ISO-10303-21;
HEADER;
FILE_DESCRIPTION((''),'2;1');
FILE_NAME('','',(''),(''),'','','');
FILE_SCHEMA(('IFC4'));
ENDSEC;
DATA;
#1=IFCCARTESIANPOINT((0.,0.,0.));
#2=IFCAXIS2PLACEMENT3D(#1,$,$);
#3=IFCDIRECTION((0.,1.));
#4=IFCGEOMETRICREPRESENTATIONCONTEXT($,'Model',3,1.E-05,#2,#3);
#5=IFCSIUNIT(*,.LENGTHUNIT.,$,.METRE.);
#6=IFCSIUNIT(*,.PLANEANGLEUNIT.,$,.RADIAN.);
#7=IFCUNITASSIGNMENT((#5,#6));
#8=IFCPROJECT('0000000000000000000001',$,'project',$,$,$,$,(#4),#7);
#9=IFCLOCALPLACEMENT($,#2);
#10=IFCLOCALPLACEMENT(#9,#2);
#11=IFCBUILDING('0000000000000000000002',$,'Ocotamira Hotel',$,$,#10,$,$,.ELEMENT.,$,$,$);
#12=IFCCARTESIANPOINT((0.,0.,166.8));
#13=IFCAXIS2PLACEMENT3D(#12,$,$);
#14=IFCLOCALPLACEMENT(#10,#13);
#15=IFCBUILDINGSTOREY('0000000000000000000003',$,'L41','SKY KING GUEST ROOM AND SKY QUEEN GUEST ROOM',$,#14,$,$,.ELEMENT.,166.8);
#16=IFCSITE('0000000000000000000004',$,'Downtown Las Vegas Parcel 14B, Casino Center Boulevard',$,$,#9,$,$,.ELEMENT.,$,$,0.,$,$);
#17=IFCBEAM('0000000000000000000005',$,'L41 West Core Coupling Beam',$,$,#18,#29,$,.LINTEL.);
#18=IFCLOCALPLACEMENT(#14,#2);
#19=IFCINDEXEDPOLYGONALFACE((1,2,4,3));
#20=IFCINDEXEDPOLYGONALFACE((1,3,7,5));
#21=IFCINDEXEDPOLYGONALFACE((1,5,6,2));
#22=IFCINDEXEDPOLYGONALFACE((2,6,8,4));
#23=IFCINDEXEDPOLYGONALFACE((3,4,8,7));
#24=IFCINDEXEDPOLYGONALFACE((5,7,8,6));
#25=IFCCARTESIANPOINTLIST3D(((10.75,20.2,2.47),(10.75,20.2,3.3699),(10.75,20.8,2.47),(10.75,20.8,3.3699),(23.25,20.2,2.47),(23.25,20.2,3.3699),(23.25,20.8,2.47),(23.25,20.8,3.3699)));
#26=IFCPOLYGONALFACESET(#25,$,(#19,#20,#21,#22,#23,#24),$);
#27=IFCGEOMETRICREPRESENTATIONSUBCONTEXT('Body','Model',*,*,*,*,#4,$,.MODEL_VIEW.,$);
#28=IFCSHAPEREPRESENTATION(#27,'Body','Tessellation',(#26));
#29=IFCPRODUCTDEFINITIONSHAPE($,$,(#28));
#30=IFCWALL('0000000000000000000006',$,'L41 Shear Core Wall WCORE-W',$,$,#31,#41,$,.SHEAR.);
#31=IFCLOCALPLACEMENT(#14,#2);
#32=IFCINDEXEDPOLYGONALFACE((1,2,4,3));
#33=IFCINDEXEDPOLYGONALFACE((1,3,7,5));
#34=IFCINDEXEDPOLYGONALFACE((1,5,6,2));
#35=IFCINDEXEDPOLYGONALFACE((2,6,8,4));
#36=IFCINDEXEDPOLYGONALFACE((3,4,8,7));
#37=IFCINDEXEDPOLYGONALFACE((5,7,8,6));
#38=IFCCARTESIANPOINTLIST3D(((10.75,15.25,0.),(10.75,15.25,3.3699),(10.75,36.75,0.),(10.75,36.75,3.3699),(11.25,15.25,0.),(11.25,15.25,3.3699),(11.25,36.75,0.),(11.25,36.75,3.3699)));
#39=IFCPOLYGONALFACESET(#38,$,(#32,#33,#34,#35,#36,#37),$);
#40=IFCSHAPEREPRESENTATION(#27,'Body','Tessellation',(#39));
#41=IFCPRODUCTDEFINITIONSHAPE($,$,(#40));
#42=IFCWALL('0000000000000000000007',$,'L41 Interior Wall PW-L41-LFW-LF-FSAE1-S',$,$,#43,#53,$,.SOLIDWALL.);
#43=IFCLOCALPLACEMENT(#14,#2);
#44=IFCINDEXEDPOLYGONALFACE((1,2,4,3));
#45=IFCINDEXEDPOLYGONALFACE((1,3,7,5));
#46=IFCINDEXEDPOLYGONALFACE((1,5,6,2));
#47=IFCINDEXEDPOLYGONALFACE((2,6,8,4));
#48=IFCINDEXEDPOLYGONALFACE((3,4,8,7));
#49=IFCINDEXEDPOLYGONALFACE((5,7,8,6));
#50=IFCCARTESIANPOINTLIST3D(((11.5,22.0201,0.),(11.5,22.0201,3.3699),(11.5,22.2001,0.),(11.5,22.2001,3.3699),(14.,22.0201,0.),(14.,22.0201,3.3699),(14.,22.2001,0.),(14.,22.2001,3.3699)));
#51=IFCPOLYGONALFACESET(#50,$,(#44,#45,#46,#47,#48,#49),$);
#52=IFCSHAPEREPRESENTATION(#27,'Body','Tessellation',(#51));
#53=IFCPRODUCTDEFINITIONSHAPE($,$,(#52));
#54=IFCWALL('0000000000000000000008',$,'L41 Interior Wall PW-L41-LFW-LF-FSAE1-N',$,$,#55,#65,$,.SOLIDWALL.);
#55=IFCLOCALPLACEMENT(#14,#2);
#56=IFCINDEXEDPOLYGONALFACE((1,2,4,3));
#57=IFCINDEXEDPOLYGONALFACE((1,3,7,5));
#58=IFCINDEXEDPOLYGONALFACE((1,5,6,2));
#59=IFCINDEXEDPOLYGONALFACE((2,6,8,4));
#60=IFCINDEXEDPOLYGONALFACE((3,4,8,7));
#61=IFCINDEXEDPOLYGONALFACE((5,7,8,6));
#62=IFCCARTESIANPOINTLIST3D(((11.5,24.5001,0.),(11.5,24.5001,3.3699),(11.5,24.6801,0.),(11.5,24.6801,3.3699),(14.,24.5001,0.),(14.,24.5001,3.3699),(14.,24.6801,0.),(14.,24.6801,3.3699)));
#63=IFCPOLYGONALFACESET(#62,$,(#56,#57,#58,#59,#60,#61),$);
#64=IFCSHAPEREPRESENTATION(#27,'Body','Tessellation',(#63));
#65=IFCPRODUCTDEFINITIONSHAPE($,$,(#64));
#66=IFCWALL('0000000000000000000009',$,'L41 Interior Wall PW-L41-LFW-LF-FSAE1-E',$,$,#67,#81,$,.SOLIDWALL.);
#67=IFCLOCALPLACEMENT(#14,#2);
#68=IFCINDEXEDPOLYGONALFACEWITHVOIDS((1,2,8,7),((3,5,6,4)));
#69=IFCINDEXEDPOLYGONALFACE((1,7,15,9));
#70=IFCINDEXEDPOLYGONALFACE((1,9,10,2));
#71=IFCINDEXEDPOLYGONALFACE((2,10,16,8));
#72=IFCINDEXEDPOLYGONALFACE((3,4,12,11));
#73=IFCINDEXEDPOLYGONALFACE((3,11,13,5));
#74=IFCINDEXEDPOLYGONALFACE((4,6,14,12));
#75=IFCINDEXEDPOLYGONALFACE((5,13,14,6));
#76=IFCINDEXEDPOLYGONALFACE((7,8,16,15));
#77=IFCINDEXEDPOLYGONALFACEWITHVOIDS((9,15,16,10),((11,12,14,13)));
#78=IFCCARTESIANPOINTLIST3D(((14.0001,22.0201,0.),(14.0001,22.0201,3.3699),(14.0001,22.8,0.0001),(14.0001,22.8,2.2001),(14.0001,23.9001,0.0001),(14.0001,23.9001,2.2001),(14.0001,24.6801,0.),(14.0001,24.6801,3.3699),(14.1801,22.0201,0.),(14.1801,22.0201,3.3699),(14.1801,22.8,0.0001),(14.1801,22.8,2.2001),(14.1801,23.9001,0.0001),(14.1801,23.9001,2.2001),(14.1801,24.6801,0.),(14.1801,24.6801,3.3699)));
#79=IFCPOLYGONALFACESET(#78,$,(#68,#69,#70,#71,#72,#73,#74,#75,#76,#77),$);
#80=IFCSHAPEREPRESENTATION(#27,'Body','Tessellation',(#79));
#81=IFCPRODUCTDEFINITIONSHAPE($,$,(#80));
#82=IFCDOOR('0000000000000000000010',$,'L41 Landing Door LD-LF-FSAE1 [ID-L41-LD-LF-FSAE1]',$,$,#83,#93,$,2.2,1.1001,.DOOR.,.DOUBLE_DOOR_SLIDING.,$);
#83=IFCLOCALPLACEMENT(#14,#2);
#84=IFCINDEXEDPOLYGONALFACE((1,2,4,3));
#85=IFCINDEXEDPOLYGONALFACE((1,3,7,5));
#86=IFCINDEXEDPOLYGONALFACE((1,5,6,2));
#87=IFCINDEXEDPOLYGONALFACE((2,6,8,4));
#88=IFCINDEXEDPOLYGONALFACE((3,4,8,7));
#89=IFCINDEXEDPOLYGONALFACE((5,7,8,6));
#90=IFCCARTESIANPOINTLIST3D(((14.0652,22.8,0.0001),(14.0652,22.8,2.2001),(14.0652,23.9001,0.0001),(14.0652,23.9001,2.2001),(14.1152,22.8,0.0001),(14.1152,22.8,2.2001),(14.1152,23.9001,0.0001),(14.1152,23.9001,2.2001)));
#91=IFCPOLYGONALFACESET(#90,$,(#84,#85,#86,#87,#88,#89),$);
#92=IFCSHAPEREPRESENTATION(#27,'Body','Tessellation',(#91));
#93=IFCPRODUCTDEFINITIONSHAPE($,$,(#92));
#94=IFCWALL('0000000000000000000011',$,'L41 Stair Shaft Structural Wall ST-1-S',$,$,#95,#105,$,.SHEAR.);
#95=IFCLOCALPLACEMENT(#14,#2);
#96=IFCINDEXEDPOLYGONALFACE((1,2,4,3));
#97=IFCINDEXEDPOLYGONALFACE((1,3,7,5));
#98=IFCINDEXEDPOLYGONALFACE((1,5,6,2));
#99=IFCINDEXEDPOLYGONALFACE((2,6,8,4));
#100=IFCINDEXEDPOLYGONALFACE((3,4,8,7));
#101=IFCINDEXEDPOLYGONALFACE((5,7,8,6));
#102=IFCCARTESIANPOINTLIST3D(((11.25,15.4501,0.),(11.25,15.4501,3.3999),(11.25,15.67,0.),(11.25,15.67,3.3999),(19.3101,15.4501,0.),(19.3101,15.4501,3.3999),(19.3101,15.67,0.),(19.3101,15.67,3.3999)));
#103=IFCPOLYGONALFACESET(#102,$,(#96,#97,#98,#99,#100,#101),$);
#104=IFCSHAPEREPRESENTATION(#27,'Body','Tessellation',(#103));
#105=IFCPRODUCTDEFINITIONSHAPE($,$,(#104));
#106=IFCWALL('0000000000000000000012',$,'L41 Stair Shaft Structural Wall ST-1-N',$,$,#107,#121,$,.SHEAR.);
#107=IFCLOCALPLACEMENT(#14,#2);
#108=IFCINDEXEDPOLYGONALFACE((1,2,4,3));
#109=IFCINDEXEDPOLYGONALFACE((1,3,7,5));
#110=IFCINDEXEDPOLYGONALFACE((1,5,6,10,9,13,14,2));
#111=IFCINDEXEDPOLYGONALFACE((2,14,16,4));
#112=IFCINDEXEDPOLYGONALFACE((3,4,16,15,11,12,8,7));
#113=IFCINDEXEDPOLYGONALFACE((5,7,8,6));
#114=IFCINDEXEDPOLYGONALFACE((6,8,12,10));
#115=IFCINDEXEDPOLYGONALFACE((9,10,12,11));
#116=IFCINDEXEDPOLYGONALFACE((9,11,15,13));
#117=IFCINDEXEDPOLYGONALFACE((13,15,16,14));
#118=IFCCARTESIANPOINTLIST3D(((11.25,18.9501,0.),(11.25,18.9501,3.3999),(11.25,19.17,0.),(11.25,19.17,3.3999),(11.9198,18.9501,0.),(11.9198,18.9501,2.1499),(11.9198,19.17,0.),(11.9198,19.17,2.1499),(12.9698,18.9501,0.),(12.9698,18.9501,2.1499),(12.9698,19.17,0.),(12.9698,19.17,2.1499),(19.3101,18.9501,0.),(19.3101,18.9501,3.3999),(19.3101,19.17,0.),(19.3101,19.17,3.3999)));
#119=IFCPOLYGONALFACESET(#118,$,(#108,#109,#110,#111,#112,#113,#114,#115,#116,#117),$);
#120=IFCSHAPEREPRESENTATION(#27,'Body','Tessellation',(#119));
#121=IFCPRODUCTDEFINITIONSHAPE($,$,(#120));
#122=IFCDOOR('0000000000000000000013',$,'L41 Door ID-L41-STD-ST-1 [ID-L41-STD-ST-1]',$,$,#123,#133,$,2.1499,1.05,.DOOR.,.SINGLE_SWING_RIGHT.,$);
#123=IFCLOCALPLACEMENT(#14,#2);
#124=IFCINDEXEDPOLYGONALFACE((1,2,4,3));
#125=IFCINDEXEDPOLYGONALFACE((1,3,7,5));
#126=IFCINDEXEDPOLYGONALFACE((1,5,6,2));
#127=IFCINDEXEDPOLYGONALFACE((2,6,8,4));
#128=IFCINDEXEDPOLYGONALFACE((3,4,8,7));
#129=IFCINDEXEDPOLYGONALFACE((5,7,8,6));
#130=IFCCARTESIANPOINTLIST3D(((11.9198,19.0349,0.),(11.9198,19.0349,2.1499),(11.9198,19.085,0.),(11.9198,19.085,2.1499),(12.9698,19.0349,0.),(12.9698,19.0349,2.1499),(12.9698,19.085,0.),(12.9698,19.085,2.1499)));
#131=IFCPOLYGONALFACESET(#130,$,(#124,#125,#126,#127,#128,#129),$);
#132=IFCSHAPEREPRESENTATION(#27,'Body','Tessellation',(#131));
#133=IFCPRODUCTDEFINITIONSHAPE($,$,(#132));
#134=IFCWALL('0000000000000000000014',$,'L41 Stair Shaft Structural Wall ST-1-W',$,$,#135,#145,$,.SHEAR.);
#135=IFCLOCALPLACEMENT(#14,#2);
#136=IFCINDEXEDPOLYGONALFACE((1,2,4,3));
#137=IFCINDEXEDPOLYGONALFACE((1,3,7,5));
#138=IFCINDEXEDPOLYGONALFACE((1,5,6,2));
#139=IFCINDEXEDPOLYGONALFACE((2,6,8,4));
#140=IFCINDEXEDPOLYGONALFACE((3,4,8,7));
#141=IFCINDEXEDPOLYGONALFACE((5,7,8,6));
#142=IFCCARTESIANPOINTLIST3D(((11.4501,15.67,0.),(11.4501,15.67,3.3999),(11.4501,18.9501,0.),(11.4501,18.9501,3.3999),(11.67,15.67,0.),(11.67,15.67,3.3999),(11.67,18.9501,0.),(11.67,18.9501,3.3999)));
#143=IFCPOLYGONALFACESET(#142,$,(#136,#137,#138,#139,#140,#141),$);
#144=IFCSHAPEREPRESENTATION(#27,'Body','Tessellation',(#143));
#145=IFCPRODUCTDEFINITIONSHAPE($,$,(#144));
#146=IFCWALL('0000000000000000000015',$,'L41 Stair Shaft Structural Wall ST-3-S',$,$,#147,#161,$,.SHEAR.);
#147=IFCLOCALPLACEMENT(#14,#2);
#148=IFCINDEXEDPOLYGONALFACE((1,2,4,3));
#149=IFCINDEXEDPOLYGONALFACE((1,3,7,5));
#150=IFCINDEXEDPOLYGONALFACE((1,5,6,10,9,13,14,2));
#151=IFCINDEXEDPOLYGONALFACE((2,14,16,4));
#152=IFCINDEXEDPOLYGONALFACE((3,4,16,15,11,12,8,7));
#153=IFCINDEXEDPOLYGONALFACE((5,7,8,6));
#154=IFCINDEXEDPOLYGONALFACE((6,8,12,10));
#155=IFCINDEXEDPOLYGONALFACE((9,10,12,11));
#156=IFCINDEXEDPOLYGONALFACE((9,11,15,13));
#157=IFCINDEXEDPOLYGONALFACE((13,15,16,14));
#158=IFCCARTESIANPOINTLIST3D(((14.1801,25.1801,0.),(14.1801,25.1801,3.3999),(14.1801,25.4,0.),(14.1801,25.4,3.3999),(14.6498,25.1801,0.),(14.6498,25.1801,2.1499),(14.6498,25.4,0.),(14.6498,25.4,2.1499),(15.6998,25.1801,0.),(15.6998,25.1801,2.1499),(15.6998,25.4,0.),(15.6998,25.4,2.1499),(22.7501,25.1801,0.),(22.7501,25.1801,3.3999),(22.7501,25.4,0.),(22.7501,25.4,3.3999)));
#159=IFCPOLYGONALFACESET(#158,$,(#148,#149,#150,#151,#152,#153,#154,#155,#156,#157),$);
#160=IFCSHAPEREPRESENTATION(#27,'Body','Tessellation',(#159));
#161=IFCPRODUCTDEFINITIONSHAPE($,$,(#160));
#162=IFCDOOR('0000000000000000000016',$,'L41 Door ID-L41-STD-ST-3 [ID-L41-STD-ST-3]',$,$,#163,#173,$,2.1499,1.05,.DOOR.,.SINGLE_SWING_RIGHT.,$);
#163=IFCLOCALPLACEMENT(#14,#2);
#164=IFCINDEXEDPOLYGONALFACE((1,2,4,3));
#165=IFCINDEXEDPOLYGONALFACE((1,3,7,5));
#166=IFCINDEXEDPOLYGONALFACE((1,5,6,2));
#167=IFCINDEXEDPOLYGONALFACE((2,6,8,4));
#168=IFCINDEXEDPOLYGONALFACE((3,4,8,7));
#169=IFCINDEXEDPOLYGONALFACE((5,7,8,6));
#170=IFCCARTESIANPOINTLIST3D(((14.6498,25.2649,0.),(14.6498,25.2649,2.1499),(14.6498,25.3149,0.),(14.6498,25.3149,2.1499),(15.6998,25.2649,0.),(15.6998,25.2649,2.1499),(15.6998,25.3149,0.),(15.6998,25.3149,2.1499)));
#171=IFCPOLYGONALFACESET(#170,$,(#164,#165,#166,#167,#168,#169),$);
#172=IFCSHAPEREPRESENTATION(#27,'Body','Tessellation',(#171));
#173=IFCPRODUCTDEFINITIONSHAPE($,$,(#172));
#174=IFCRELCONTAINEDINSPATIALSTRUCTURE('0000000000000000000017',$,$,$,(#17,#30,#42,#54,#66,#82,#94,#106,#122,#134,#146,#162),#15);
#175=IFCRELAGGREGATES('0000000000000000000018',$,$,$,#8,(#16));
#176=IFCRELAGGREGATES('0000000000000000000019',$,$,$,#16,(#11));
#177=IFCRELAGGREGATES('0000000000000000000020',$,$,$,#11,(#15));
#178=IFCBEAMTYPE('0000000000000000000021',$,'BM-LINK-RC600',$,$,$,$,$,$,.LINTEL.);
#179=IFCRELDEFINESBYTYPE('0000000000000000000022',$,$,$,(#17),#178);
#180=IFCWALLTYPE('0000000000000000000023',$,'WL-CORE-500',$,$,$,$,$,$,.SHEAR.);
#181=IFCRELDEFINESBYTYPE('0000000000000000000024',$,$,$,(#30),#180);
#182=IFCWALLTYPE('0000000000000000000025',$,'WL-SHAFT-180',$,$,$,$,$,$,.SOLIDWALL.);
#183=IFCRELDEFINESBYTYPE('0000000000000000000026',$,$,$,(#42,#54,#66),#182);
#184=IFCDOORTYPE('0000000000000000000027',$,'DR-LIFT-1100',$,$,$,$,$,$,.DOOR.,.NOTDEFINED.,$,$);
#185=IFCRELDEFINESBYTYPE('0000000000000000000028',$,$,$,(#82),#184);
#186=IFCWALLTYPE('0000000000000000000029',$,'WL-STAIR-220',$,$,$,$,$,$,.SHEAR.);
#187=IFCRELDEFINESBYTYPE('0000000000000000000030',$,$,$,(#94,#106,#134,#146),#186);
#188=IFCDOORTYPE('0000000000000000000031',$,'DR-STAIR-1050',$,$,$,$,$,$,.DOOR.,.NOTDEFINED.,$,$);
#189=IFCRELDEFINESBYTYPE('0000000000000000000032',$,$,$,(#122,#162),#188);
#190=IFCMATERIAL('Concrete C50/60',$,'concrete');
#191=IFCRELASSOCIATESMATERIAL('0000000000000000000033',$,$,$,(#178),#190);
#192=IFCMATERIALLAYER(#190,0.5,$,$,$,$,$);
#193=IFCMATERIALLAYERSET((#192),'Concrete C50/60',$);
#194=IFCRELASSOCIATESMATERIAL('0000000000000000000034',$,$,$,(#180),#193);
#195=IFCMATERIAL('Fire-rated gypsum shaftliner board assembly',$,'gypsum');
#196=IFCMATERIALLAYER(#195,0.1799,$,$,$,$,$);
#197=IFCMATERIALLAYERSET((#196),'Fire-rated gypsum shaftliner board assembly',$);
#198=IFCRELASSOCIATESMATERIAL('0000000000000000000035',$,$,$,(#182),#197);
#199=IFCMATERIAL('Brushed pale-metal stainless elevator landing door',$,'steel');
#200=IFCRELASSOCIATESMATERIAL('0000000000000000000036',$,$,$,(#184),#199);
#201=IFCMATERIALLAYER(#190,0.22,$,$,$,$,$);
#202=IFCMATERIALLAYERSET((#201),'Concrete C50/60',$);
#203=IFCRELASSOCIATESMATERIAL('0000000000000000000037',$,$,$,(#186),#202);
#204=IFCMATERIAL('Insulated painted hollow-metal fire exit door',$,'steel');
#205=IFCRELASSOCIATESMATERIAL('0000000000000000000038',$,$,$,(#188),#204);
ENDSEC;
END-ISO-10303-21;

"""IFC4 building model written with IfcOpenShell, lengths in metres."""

from ifc_helpers import new_model, si_unit, direction, frame, frame_2d, origin, origin_2d, place, context, subcontext, project, spatial, rectangle, extrude, source, transform, mapped, material, layer, layer_set, material_profile, profile_set, type_object, element, fill, save


model = new_model("IFC4")

# Units and contexts
model_context = context("Model", 3, precision=1e-05, world=origin(), true_north=direction((0.0, 1.0)))
body_context = subcontext(model_context, "Body", "Model", "MODEL_VIEW")
ifc_project = project(units=[si_unit("LENGTHUNIT", "METRE"), si_unit("PLANEANGLEUNIT", "RADIAN")], contexts=[model_context])

# Site, building, storey
site_placement = place(None, origin())
site = spatial("IfcSite", under=ifc_project, at=site_placement, Name="Downtown Las Vegas Parcel 14B, Casino Center Boulevard", CompositionType="ELEMENT", RefElevation=0.0)
building_placement = place(site_placement, origin())
building = spatial("IfcBuilding", under=site, at=building_placement, Name="Ocotamira Hotel", CompositionType="ELEMENT")
storey_placement = place(building_placement, frame((0.0, 0.0, 166.8)))
storey = spatial("IfcBuildingStorey", under=building, at=storey_placement, Name="L41", Description="SKY KING GUEST ROOM AND SKY QUEEN GUEST ROOM", CompositionType="ELEMENT", Elevation=166.8)

# Beam
ifc_material_1 = material(Name="Concrete C50/60", Category="concrete")
ifc_material_profile = material_profile(ifc_material_1, rectangle(XDim=0.6001, YDim=0.8999, at=origin_2d()), Name="RC600X900")
ifc_profile_set = profile_set([ifc_material_profile], Name="Concrete C50/60")
beam_type = type_object("IfcBeamType", Name="BM-LINK-RC600", PredefinedType="LINTEL", material=ifc_profile_set)
shared_shape_1 = source(origin(), body_context, "Body", "SweptSolid", [
    extrude(rectangle(XDim=0.6001, YDim=0.8999, at=origin_2d()), origin(), (0.0, 0.0, 1.0), 12.5),
])
beam_placement = place(storey_placement, frame((10.75, 20.5, 2.9199), z_axis=(1.0, 0.0, 0.0), x_axis=(0.0, 1.0, 0.0)))
element("IfcBeam", 1, at=beam_placement, inside=storey, type_object=beam_type, Name="L41 West Core Coupling Beam", PredefinedType="LINTEL", context=body_context, shape_type="MappedRepresentation", body=[
    mapped(shared_shape_1, transform((0.0, 0.0, 0.0), scale=1.0)),
])

# Wall
ifc_layer_1 = layer(ifc_material_1, 0.5)
ifc_layer_set_1 = layer_set([ifc_layer_1], Name="Concrete C50/60")
wall_type_1 = type_object("IfcWallType", Name="WL-CORE-500", PredefinedType="SHEAR", material=ifc_layer_set_1)
wall_1_placement = place(storey_placement, frame((11.0, 15.25, 0.0), z_axis=(0.0, 0.0, 1.0), x_axis=(0.0, 1.0, 0.0)))
element("IfcWall", 2, at=wall_1_placement, inside=storey, type_object=wall_type_1, Name="L41 Shear Core Wall WCORE-W", PredefinedType="SHEAR", context=body_context, shape_type="SweptSolid", body=[
    extrude(rectangle(XDim=21.5, YDim=0.5, at=frame_2d((10.75, 0.0))), origin(), (0.0, 0.0, 1.0), 3.3699),
])

# Walls
ifc_material_2 = material(Name="Fire-rated gypsum shaftliner board assembly", Category="gypsum")
ifc_layer_2 = layer(ifc_material_2, 0.1799)
ifc_layer_set_2 = layer_set([ifc_layer_2], Name="Fire-rated gypsum shaftliner board assembly")
wall_type_2 = type_object("IfcWallType", Name="WL-SHAFT-180", PredefinedType="SOLIDWALL", material=ifc_layer_set_2)
for number, where, z_axis, x_axis, name in (
    (3, (11.5, 22.1101, 0.0), (0.0, 0.0, 1.0), (1.0, 0.0, 0.0), "L41 Interior Wall PW-L41-LFW-LF-FSAE1-S"),
    (4, (11.5, 24.5901, 0.0), (0.0, 0.0, 1.0), (1.0, 0.0, 0.0), "L41 Interior Wall PW-L41-LFW-LF-FSAE1-N"),
):
    element("IfcWall", number, at=place(storey_placement, frame(where, z_axis=z_axis, x_axis=x_axis)), inside=storey, type_object=wall_type_2, Name=name, PredefinedType="SOLIDWALL", context=body_context, shape_type="SweptSolid", body=[
        extrude(rectangle(XDim=2.5, YDim=0.1799, at=frame_2d((1.25, 0.0))), origin(), (0.0, 0.0, 1.0), 3.3699),
    ])

# Wall, opening, door
wall_2_placement = place(storey_placement, frame((14.0901, 22.02, 0.0), z_axis=(0.0, 0.0, 1.0), x_axis=(0.0, 1.0, 0.0)))
wall_2 = element("IfcWall", 5, at=wall_2_placement, inside=storey, type_object=wall_type_2, Name="L41 Interior Wall PW-L41-LFW-LF-FSAE1-E", PredefinedType="SOLIDWALL", context=body_context, shape_type="SweptSolid", body=[
    extrude(rectangle(XDim=2.6599, YDim=0.1799, at=frame_2d((1.3301, 0.0))), origin(), (0.0, 0.0, 1.0), 3.3699),
])
opening_1_placement = place(wall_2_placement, frame((0.78, 0.0, 0.0)))
opening_1 = element("IfcOpeningElement", 6, at=opening_1_placement, cuts=wall_2, PredefinedType="OPENING", context=body_context, shape_type="SweptSolid", body=[
    extrude(rectangle(XDim=1.1001, YDim=2.2, at=frame_2d((0.55, 1.1001))), frame((0.0, 0.1001, 0.0), z_axis=(0.0, -1.0, 0.0), x_axis=(1.0, 0.0, 0.0)), (0.0, 0.0, 1.0), 0.2),
])
ifc_material_3 = material(Name="Brushed pale-metal stainless elevator landing door", Category="steel")
door_type_1 = type_object("IfcDoorType", Name="DR-LIFT-1100", OperationType="NOTDEFINED", PredefinedType="DOOR", material=ifc_material_3)
shared_shape_2 = source(origin(), body_context, "Body", "SweptSolid", [
    extrude(rectangle(XDim=1.1001, YDim=2.2, at=frame_2d((0.55, 1.1001))), frame((0.0, 0.0249, 0.0), z_axis=(0.0, -1.0, 0.0), x_axis=(1.0, 0.0, 0.0)), (0.0, 0.0, 1.0), 0.05),
])
door_1_placement = place(opening_1_placement, origin())
door_1 = element("IfcDoor", 7, at=door_1_placement, inside=storey, type_object=door_type_1, Name="L41 Landing Door LD-LF-FSAE1 [ID-L41-LD-LF-FSAE1]", OperationType="DOUBLE_DOOR_SLIDING", OverallHeight=2.2, OverallWidth=1.1001, PredefinedType="DOOR", context=body_context, shape_type="MappedRepresentation", body=[
    mapped(shared_shape_2, transform((0.0, 0.0, 0.0), scale=1.0)),
])
fill(opening_1, door_1)

# Wall
ifc_layer_3 = layer(ifc_material_1, 0.22)
ifc_layer_set_3 = layer_set([ifc_layer_3], Name="Concrete C50/60")
wall_type_3 = type_object("IfcWallType", Name="WL-STAIR-220", PredefinedType="SHEAR", material=ifc_layer_set_3)
wall_3_placement = place(storey_placement, frame((11.25, 15.5601, 0.0), z_axis=(0.0, 0.0, 1.0), x_axis=(1.0, 0.0, 0.0)))
element("IfcWall", 8, at=wall_3_placement, inside=storey, type_object=wall_type_3, Name="L41 Stair Shaft Structural Wall ST-1-S", PredefinedType="SHEAR", context=body_context, shape_type="SweptSolid", body=[
    extrude(rectangle(XDim=8.0601, YDim=0.22, at=frame_2d((4.03, 0.0))), origin(), (0.0, 0.0, 1.0), 3.3999),
])

# Wall, opening, door
wall_4_placement = place(storey_placement, frame((11.25, 19.0601, 0.0), z_axis=(0.0, 0.0, 1.0), x_axis=(1.0, 0.0, 0.0)))
wall_4 = element("IfcWall", 9, at=wall_4_placement, inside=storey, type_object=wall_type_3, Name="L41 Stair Shaft Structural Wall ST-1-N", PredefinedType="SHEAR", context=body_context, shape_type="SweptSolid", body=[
    extrude(rectangle(XDim=8.0601, YDim=0.22, at=frame_2d((4.03, 0.0))), origin(), (0.0, 0.0, 1.0), 3.3999),
])
opening_2_placement = place(wall_4_placement, frame((0.6699, 0.0, 0.0)))
opening_2 = element("IfcOpeningElement", 10, at=opening_2_placement, cuts=wall_4, PredefinedType="OPENING", context=body_context, shape_type="SweptSolid", body=[
    extrude(rectangle(XDim=1.05, YDim=2.1499, at=frame_2d((0.5249, 1.075))), frame((0.0, 0.1201, 0.0), z_axis=(0.0, -1.0, 0.0), x_axis=(1.0, 0.0, 0.0)), (0.0, 0.0, 1.0), 0.24),
])
ifc_material_4 = material(Name="Insulated painted hollow-metal fire exit door", Category="steel")
door_type_2 = type_object("IfcDoorType", Name="DR-STAIR-1050", OperationType="NOTDEFINED", PredefinedType="DOOR", material=ifc_material_4)
shared_shape_3 = source(origin(), body_context, "Body", "SweptSolid", [
    extrude(rectangle(XDim=1.05, YDim=2.1499, at=frame_2d((0.5249, 1.075))), frame((0.0, 0.0249, 0.0), z_axis=(0.0, -1.0, 0.0), x_axis=(1.0, 0.0, 0.0)), (0.0, 0.0, 1.0), 0.05),
])
door_2_placement = place(opening_2_placement, origin())
door_2 = element("IfcDoor", 11, at=door_2_placement, inside=storey, type_object=door_type_2, Name="L41 Door ID-L41-STD-ST-1 [ID-L41-STD-ST-1]", OperationType="SINGLE_SWING_RIGHT", OverallHeight=2.1499, OverallWidth=1.05, PredefinedType="DOOR", context=body_context, shape_type="MappedRepresentation", body=[
    mapped(shared_shape_3, transform((0.0, 0.0, 0.0), scale=1.0)),
])
fill(opening_2, door_2)

# Wall
wall_5_placement = place(storey_placement, frame((11.5601, 15.6699, 0.0), z_axis=(0.0, 0.0, 1.0), x_axis=(0.0, 1.0, 0.0)))
element("IfcWall", 12, at=wall_5_placement, inside=storey, type_object=wall_type_3, Name="L41 Stair Shaft Structural Wall ST-1-W", PredefinedType="SHEAR", context=body_context, shape_type="SweptSolid", body=[
    extrude(rectangle(XDim=3.28, YDim=0.22, at=frame_2d((1.6401, 0.0))), origin(), (0.0, 0.0, 1.0), 3.3999),
])

# Wall, opening, door
wall_6_placement = place(storey_placement, frame((14.1799, 25.29, 0.0), z_axis=(0.0, 0.0, 1.0), x_axis=(1.0, 0.0, 0.0)))
wall_6 = element("IfcWall", 13, at=wall_6_placement, inside=storey, type_object=wall_type_3, Name="L41 Stair Shaft Structural Wall ST-3-S", PredefinedType="SHEAR", context=body_context, shape_type="SweptSolid", body=[
    extrude(rectangle(XDim=8.5701, YDim=0.22, at=frame_2d((4.2852, 0.0))), origin(), (0.0, 0.0, 1.0), 3.3999),
])
opening_3_placement = place(wall_6_placement, frame((0.47, 0.0, 0.0)))
opening_3 = element("IfcOpeningElement", 14, at=opening_3_placement, cuts=wall_6, PredefinedType="OPENING", context=body_context, shape_type="SweptSolid", body=[
    extrude(rectangle(XDim=1.05, YDim=2.1499, at=frame_2d((0.5249, 1.075))), frame((0.0, 0.1201, 0.0), z_axis=(0.0, -1.0, 0.0), x_axis=(1.0, 0.0, 0.0)), (0.0, 0.0, 1.0), 0.24),
])
door_3_placement = place(opening_3_placement, origin())
door_3 = element("IfcDoor", 15, at=door_3_placement, inside=storey, type_object=door_type_2, Name="L41 Door ID-L41-STD-ST-3 [ID-L41-STD-ST-3]", OperationType="SINGLE_SWING_RIGHT", OverallHeight=2.1499, OverallWidth=1.05, PredefinedType="DOOR", context=body_context, shape_type="MappedRepresentation", body=[
    mapped(shared_shape_3, transform((0.0, 0.0, 0.0), scale=1.0)),
])
fill(opening_3, door_3)

save(model, "model.ifc")
